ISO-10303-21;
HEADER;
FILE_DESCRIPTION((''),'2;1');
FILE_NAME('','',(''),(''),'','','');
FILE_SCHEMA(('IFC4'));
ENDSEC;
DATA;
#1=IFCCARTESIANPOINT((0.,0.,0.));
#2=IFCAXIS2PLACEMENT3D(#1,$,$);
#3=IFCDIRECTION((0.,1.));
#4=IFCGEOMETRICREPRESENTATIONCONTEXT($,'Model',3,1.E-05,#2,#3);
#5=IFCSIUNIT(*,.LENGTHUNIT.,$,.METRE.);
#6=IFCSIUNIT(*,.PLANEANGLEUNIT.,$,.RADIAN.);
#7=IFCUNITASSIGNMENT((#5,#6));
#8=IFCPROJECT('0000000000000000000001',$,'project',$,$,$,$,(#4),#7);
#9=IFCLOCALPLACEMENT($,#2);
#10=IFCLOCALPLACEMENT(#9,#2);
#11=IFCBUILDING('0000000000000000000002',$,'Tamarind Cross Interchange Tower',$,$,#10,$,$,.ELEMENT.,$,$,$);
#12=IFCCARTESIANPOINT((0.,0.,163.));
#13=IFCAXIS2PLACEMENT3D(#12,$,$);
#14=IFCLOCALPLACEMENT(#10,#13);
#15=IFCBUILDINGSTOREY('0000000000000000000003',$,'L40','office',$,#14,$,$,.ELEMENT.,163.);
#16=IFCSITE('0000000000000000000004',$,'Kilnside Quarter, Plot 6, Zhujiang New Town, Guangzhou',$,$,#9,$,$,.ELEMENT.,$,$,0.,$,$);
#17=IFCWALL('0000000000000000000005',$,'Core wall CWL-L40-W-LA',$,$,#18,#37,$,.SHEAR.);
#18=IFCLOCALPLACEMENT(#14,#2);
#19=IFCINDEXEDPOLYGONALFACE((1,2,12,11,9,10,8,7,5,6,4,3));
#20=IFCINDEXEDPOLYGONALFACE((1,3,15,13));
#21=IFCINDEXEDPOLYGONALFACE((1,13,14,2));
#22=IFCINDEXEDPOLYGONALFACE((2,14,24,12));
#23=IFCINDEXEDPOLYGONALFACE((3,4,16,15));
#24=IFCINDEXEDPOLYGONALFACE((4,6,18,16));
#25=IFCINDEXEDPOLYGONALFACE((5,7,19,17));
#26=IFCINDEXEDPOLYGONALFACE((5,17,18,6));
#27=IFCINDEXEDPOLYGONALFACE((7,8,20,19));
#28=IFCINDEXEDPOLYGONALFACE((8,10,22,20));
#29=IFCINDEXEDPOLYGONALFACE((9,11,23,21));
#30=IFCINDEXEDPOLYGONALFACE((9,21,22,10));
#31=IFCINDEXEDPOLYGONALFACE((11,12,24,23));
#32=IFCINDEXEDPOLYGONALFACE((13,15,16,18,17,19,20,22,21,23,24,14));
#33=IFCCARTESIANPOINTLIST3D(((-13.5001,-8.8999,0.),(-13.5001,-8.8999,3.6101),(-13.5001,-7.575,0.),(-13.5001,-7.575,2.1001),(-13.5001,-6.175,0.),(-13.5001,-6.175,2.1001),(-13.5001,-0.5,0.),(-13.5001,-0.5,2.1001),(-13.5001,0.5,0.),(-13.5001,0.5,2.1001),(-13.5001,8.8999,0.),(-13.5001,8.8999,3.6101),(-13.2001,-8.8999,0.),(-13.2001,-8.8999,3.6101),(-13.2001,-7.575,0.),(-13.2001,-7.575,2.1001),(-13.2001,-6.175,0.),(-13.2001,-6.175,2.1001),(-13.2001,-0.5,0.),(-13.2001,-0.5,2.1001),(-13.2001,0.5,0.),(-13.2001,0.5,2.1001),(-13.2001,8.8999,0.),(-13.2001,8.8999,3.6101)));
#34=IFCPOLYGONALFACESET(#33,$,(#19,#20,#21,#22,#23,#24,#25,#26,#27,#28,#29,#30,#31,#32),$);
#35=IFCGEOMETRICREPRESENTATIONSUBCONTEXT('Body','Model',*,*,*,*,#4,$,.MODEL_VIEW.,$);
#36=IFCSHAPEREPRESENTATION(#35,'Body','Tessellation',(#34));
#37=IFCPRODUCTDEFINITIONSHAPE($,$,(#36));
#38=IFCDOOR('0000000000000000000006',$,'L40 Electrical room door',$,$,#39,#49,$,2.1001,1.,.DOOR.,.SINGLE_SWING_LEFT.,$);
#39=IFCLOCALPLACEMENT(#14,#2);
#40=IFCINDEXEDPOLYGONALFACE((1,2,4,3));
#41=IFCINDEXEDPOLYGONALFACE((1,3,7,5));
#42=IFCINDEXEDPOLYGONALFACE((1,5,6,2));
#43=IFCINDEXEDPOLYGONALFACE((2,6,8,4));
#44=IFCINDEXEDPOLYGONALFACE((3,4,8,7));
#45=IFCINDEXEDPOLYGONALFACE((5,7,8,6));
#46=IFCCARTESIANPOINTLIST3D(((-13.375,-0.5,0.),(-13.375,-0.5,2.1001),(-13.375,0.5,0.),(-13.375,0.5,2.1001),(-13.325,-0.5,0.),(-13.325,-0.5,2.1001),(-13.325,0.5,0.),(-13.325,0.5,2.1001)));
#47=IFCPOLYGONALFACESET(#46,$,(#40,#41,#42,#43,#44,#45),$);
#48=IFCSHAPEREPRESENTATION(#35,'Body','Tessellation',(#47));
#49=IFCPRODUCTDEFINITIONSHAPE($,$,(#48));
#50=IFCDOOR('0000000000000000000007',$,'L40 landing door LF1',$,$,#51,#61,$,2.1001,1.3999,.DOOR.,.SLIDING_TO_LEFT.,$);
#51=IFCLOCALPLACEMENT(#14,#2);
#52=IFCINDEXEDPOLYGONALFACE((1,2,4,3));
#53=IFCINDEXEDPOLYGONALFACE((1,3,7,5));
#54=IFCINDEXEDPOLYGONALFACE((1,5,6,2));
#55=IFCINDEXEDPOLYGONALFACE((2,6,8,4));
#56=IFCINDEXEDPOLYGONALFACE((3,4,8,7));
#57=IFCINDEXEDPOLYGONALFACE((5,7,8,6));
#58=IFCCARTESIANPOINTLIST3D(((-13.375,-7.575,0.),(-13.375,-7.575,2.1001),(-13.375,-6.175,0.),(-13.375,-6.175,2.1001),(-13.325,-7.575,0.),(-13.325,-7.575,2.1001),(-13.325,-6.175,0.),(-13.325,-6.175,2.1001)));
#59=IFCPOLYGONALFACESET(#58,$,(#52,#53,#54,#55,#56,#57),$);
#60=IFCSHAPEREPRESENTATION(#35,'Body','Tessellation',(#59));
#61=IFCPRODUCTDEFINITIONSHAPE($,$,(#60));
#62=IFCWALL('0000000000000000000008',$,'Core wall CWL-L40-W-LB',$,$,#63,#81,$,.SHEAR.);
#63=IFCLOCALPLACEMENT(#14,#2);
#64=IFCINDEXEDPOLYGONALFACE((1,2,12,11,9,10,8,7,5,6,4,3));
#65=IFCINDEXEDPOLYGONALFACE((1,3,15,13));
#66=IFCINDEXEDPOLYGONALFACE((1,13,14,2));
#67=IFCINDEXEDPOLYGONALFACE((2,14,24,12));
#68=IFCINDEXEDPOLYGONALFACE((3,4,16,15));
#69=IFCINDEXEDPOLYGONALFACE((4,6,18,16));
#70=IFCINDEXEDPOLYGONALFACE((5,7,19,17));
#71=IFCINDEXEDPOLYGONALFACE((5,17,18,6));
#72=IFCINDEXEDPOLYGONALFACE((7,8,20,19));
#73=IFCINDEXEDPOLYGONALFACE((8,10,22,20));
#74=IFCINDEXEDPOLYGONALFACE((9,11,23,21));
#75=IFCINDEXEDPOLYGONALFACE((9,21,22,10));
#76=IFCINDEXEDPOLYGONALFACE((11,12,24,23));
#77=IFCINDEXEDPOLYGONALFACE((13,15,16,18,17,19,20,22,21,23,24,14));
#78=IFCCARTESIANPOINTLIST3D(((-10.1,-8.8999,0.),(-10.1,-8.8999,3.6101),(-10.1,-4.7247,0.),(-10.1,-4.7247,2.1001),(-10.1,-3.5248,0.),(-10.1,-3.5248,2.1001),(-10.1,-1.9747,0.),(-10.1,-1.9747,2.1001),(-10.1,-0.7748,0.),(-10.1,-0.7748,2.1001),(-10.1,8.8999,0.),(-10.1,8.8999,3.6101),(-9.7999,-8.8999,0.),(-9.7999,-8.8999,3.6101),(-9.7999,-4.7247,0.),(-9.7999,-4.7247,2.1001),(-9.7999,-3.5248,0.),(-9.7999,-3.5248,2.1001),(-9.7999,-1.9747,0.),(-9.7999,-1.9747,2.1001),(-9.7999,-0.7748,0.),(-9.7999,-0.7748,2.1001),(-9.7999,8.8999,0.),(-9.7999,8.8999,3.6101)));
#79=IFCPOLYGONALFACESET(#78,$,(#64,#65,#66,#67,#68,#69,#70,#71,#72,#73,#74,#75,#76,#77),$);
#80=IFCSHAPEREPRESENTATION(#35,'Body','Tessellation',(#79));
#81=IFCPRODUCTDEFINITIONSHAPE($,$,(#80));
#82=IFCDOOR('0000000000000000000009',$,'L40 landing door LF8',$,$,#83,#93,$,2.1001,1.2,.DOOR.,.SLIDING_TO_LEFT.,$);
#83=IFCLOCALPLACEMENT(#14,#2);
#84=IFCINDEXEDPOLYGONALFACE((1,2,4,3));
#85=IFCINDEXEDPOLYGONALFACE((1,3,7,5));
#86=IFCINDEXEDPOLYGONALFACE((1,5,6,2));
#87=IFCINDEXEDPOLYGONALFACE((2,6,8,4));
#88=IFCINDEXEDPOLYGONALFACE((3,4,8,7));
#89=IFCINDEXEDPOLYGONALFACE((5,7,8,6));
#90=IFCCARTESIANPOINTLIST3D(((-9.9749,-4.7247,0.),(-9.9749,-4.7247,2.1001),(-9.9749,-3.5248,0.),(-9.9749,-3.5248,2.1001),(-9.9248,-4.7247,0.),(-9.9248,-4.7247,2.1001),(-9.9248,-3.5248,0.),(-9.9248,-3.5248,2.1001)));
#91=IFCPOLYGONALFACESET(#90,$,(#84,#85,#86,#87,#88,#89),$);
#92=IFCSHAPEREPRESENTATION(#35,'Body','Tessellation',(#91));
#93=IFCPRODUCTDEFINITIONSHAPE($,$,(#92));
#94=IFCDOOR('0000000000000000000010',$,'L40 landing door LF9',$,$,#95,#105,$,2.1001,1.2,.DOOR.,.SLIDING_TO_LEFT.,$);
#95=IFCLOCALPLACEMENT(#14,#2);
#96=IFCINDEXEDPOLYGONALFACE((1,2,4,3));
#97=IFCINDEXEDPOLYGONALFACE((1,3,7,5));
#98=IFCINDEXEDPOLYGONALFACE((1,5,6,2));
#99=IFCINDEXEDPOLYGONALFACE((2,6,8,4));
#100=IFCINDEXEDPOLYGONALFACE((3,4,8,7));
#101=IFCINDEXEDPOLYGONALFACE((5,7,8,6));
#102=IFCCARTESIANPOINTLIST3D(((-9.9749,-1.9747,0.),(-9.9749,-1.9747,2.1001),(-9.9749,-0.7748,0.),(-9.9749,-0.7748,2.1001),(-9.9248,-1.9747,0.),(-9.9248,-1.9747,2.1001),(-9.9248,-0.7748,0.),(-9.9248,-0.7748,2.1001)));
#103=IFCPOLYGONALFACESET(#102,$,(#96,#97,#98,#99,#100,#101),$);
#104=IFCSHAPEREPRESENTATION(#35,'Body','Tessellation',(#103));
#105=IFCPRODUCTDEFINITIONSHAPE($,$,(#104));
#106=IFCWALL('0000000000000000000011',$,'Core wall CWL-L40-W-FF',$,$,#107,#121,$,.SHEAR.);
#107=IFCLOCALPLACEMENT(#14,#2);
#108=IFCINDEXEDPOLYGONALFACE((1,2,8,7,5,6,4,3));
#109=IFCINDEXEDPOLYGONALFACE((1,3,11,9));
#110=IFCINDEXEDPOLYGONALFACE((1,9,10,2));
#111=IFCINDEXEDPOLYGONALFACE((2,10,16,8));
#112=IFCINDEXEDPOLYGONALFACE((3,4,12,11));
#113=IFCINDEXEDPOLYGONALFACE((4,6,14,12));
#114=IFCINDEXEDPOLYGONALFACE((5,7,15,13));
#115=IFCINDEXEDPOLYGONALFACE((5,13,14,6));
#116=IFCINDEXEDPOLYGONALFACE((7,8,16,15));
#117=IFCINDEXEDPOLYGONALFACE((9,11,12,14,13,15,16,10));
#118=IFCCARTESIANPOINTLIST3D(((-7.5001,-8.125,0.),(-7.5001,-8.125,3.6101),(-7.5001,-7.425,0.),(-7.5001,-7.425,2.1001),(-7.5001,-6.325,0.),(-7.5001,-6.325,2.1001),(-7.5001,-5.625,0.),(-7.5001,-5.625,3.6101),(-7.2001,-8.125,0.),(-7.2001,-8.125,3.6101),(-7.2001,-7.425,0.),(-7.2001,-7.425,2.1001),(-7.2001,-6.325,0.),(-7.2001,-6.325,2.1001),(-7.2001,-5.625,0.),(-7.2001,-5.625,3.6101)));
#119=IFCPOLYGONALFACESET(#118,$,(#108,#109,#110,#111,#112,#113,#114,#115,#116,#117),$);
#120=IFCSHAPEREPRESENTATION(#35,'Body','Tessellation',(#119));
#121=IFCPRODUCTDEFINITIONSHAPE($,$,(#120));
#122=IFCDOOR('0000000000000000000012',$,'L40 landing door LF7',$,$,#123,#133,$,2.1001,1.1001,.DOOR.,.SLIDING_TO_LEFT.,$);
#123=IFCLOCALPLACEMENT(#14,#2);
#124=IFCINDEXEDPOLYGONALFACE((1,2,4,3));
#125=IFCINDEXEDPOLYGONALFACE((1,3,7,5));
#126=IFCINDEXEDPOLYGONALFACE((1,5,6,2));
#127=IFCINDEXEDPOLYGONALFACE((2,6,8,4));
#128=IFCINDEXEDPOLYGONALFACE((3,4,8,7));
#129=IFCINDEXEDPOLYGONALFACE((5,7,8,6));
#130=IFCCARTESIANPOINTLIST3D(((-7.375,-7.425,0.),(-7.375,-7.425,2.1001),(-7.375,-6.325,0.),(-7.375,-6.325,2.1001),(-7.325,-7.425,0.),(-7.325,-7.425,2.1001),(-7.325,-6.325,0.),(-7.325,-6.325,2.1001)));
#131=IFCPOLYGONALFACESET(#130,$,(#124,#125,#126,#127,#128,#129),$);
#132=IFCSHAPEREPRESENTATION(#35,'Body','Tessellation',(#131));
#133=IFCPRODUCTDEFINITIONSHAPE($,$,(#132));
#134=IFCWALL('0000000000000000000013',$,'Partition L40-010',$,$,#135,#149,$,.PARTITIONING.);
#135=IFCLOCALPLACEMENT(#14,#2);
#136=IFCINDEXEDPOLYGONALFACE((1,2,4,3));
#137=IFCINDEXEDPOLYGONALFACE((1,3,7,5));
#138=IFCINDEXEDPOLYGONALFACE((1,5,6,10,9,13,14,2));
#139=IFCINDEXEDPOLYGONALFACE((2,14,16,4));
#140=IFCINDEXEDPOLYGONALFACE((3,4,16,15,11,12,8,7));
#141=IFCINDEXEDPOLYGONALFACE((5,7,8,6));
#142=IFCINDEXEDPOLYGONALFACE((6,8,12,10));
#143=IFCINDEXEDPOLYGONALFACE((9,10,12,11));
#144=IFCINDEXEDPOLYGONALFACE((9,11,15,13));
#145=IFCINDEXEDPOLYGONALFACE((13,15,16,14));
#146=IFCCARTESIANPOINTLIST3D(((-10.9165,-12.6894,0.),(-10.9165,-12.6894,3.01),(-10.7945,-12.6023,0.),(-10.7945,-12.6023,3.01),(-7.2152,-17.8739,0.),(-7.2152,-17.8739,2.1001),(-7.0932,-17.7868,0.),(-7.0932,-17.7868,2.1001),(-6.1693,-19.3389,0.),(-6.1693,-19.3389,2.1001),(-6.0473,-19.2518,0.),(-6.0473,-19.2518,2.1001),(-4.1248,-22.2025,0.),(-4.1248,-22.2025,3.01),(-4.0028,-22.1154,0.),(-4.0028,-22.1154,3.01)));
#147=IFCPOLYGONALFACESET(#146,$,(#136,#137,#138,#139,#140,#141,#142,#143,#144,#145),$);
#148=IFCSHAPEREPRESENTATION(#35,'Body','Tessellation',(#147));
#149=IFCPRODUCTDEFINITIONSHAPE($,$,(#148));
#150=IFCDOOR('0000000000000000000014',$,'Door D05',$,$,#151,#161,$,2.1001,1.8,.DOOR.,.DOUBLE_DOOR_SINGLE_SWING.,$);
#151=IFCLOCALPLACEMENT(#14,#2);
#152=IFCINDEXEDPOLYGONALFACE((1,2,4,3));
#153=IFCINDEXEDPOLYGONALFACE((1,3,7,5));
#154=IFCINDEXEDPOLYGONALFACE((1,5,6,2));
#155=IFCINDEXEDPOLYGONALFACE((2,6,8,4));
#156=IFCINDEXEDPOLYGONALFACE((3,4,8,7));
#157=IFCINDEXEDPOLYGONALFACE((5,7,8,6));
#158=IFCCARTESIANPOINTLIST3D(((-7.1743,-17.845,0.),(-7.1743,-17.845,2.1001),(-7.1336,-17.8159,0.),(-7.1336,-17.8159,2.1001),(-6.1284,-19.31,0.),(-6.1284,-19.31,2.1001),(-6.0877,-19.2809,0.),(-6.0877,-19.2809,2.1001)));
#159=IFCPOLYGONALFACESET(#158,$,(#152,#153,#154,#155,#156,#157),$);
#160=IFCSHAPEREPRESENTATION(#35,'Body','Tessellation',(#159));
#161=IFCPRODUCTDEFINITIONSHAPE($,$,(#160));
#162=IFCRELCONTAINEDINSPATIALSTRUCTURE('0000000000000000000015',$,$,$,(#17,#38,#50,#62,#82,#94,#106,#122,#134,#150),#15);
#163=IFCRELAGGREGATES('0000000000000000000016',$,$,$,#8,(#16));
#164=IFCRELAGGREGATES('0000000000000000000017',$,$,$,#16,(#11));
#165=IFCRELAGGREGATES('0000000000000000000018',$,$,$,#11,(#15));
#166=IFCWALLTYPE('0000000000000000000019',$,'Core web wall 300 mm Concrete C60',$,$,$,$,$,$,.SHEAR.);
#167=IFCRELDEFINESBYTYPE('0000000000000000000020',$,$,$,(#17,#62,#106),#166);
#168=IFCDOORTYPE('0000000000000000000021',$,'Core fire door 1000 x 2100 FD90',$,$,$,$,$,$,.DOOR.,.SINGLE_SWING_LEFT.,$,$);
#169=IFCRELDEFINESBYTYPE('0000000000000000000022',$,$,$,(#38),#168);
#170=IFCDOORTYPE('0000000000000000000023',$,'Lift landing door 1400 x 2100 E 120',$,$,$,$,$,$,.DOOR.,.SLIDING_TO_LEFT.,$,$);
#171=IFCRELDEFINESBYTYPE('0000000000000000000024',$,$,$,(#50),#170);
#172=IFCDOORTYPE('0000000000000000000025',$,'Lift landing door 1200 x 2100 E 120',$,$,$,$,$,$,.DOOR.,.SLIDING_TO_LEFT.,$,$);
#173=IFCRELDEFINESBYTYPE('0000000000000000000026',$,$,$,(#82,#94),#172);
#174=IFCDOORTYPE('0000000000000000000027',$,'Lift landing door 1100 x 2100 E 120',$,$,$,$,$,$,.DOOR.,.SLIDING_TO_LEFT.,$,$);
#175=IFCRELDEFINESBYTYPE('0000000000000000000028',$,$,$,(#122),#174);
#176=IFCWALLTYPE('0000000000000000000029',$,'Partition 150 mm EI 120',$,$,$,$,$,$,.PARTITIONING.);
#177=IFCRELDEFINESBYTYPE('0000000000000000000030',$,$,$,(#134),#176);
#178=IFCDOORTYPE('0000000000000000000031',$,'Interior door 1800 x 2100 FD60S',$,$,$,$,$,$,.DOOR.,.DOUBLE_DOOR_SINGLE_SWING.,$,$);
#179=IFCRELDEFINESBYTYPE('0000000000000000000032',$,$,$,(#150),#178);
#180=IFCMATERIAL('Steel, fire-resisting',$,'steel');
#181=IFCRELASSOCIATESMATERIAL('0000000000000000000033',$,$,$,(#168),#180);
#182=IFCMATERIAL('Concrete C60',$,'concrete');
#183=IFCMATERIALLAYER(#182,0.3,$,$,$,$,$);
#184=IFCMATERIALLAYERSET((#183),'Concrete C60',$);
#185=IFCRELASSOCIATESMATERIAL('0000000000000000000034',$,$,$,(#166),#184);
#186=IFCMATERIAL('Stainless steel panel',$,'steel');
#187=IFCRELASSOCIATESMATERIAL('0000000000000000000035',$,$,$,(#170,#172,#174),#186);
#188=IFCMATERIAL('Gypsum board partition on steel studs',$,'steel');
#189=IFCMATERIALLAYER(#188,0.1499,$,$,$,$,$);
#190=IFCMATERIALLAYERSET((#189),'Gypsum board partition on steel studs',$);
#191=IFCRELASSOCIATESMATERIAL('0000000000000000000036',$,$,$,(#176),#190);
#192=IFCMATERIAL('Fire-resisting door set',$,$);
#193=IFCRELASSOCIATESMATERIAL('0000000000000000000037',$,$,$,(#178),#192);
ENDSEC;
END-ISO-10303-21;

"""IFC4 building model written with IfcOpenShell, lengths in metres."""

from ifc_helpers import new_model, si_unit, direction, frame, frame_2d, origin, place, context, subcontext, project, spatial, rectangle, extrude, material, layer, layer_set, type_object, element, fill, save


model = new_model("IFC4")

# Units and contexts
model_context = context("Model", 3, precision=1e-05, world=origin(), true_north=direction((0.0, 1.0)))
body_context = subcontext(model_context, "Body", "Model", "MODEL_VIEW")
ifc_project = project(units=[si_unit("LENGTHUNIT", "METRE"), si_unit("PLANEANGLEUNIT", "RADIAN")], contexts=[model_context])

# Site, building, storey
site_placement = place(None, origin())
site = spatial("IfcSite", under=ifc_project, at=site_placement, Name="Kilnside Quarter, Plot 6, Zhujiang New Town, Guangzhou", CompositionType="ELEMENT", RefElevation=0.0)
building_placement = place(site_placement, origin())
building = spatial("IfcBuilding", under=site, at=building_placement, Name="Tamarind Cross Interchange Tower", CompositionType="ELEMENT")
storey_placement = place(building_placement, frame((0.0, 0.0, 163.0)))
storey = spatial("IfcBuildingStorey", under=building, at=storey_placement, Name="L40", Description="office", CompositionType="ELEMENT", Elevation=163.0)

# Shared definitions
ifc_material_1 = material(Name="Concrete C60", Category="concrete")
ifc_material_2 = material(Name="Steel, fire-resisting", Category="steel")
door_type_1 = type_object("IfcDoorType", Name="Core fire door 1000 x 2100 FD90", OperationType="SINGLE_SWING_LEFT", PredefinedType="DOOR", material=ifc_material_2)

# Shared definitions
ifc_layer_1 = layer(ifc_material_1, 0.3)
ifc_layer_set_1 = layer_set([ifc_layer_1], Name="Concrete C60")
wall_type_1 = type_object("IfcWallType", Name="Core web wall 300 mm Concrete C60", PredefinedType="SHEAR", material=ifc_layer_set_1)

# Walls, openings, doors
wall_1_placement = place(storey_placement, frame((-13.3501, -8.8999, 0.0), z_axis=(0.0, 0.0, 1.0), x_axis=(0.0, 1.0, 0.0)))
wall_1 = element("IfcWall", 1, at=wall_1_placement, inside=storey, type_object=wall_type_1, Name="Core wall CWL-L40-W-LA", PredefinedType="SHEAR", context=body_context, shape_type="SweptSolid", body=[
    extrude(rectangle(XDim=17.7998, YDim=0.3, at=frame_2d((8.8999, 0.0))), origin(), (0.0, 0.0, 1.0), 3.6101),
])
opening_1_placement = place(wall_1_placement, frame((1.325, 0.0, 0.0)))
opening_1 = element("IfcOpeningElement", 2, at=opening_1_placement, cuts=wall_1, PredefinedType="OPENING", context=body_context, shape_type="SweptSolid", body=[
    extrude(rectangle(XDim=1.3999, YDim=2.1001, at=frame_2d((0.7, 1.05))), frame((0.0, 0.1599, 0.0), z_axis=(0.0, -1.0, 0.0), x_axis=(1.0, 0.0, 0.0)), (0.0, 0.0, 1.0), 0.3201),
])
opening_2_placement = place(wall_1_placement, frame((8.3999, 0.0, 0.0)))
opening_2 = element("IfcOpeningElement", 3, at=opening_2_placement, cuts=wall_1, PredefinedType="OPENING", context=body_context, shape_type="SweptSolid", body=[
    extrude(rectangle(XDim=1.0, YDim=2.1001, at=frame_2d((0.5, 1.05))), frame((0.0, 0.1599, 0.0), z_axis=(0.0, -1.0, 0.0), x_axis=(1.0, 0.0, 0.0)), (0.0, 0.0, 1.0), 0.3201),
])
door_1_placement = place(opening_2_placement, origin())
door_1 = element("IfcDoor", 4, at=door_1_placement, inside=storey, type_object=door_type_1, Name="L40 Electrical room door", OperationType="SINGLE_SWING_LEFT", OverallHeight=2.1001, OverallWidth=1.0, PredefinedType="DOOR", context=body_context, shape_type="SweptSolid", body=[
    extrude(rectangle(XDim=1.0, YDim=2.1001, at=frame_2d((0.5, 1.05))), frame((0.0, 0.0249, 0.0), z_axis=(0.0, -1.0, 0.0), x_axis=(1.0, 0.0, 0.0)), (0.0, 0.0, 1.0), 0.05),
])
fill(opening_2, door_1)
ifc_material_3 = material(Name="Stainless steel panel", Category="steel")
door_type_2 = type_object("IfcDoorType", Name="Lift landing door 1400 x 2100 E 120", OperationType="SLIDING_TO_LEFT", PredefinedType="DOOR", material=ifc_material_3)
door_2_placement = place(opening_1_placement, origin())
door_2 = element("IfcDoor", 5, at=door_2_placement, inside=storey, type_object=door_type_2, Name="L40 landing door LF1", OperationType="SLIDING_TO_LEFT", OverallHeight=2.1001, OverallWidth=1.3999, PredefinedType="DOOR", context=body_context, shape_type="SweptSolid", body=[
    extrude(rectangle(XDim=1.3999, YDim=2.1001, at=frame_2d((0.7, 1.05))), frame((0.0, 0.0249, 0.0), z_axis=(0.0, -1.0, 0.0), x_axis=(1.0, 0.0, 0.0)), (0.0, 0.0, 1.0), 0.05),
])
fill(opening_1, door_2)
wall_2_placement = place(storey_placement, frame((-9.95, -8.8999, 0.0), z_axis=(0.0, 0.0, 1.0), x_axis=(0.0, 1.0, 0.0)))
wall_2 = element("IfcWall", 6, at=wall_2_placement, inside=storey, type_object=wall_type_1, Name="Core wall CWL-L40-W-LB", PredefinedType="SHEAR", context=body_context, shape_type="SweptSolid", body=[
    extrude(rectangle(XDim=17.7998, YDim=0.3, at=frame_2d((8.8999, 0.0))), origin(), (0.0, 0.0, 1.0), 3.6101),
])
opening_3_placement = place(wall_2_placement, frame((4.175, 0.0, 0.0)))
opening_3 = element("IfcOpeningElement", 7, at=opening_3_placement, cuts=wall_2, PredefinedType="OPENING", context=body_context, shape_type="SweptSolid", body=[
    extrude(rectangle(XDim=1.2, YDim=2.1001, at=frame_2d((0.6001, 1.05))), frame((0.0, 0.1599, 0.0), z_axis=(0.0, -1.0, 0.0), x_axis=(1.0, 0.0, 0.0)), (0.0, 0.0, 1.0), 0.3201),
])
opening_4_placement = place(wall_2_placement, frame((6.925, 0.0, 0.0)))
opening_4 = element("IfcOpeningElement", 8, at=opening_4_placement, cuts=wall_2, PredefinedType="OPENING", context=body_context, shape_type="SweptSolid", body=[
    extrude(rectangle(XDim=1.2, YDim=2.1001, at=frame_2d((0.6001, 1.05))), frame((0.0, 0.1599, 0.0), z_axis=(0.0, -1.0, 0.0), x_axis=(1.0, 0.0, 0.0)), (0.0, 0.0, 1.0), 0.3201),
])
door_type_3 = type_object("IfcDoorType", Name="Lift landing door 1200 x 2100 E 120", OperationType="SLIDING_TO_LEFT", PredefinedType="DOOR", material=ifc_material_3)
door_3_placement = place(opening_3_placement, origin())
door_3 = element("IfcDoor", 9, at=door_3_placement, inside=storey, type_object=door_type_3, Name="L40 landing door LF8", OperationType="SLIDING_TO_LEFT", OverallHeight=2.1001, OverallWidth=1.2, PredefinedType="DOOR", context=body_context, shape_type="SweptSolid", body=[
    extrude(rectangle(XDim=1.2, YDim=2.1001, at=frame_2d((0.6001, 1.05))), frame((0.0, 0.0249, 0.0), z_axis=(0.0, -1.0, 0.0), x_axis=(1.0, 0.0, 0.0)), (0.0, 0.0, 1.0), 0.05),
])
fill(opening_3, door_3)
door_4_placement = place(opening_4_placement, origin())
door_4 = element("IfcDoor", 10, at=door_4_placement, inside=storey, type_object=door_type_3, Name="L40 landing door LF9", OperationType="SLIDING_TO_LEFT", OverallHeight=2.1001, OverallWidth=1.2, PredefinedType="DOOR", context=body_context, shape_type="SweptSolid", body=[
    extrude(rectangle(XDim=1.2, YDim=2.1001, at=frame_2d((0.6001, 1.05))), frame((0.0, 0.0249, 0.0), z_axis=(0.0, -1.0, 0.0), x_axis=(1.0, 0.0, 0.0)), (0.0, 0.0, 1.0), 0.05),
])
fill(opening_4, door_4)

# Walls, openings, doors
wall_3_placement = place(storey_placement, frame((-7.3501, -8.125, 0.0), z_axis=(0.0, 0.0, 1.0), x_axis=(0.0, 1.0, 0.0)))
wall_3 = element("IfcWall", 11, at=wall_3_placement, inside=storey, type_object=wall_type_1, Name="Core wall CWL-L40-W-FF", PredefinedType="SHEAR", context=body_context, shape_type="SweptSolid", body=[
    extrude(rectangle(XDim=2.5, YDim=0.3, at=frame_2d((1.25, 0.0))), origin(), (0.0, 0.0, 1.0), 3.6101),
])
opening_5_placement = place(wall_3_placement, frame((0.7, 0.0, 0.0)))
opening_5 = element("IfcOpeningElement", 12, at=opening_5_placement, cuts=wall_3, PredefinedType="OPENING", context=body_context, shape_type="SweptSolid", body=[
    extrude(rectangle(XDim=1.1001, YDim=2.1001, at=frame_2d((0.55, 1.05))), frame((0.0, 0.1599, 0.0), z_axis=(0.0, -1.0, 0.0), x_axis=(1.0, 0.0, 0.0)), (0.0, 0.0, 1.0), 0.3201),
])
door_type_4 = type_object("IfcDoorType", Name="Lift landing door 1100 x 2100 E 120", OperationType="SLIDING_TO_LEFT", PredefinedType="DOOR", material=ifc_material_3)
door_5_placement = place(opening_5_placement, origin())
door_5 = element("IfcDoor", 13, at=door_5_placement, inside=storey, type_object=door_type_4, Name="L40 landing door LF7", OperationType="SLIDING_TO_LEFT", OverallHeight=2.1001, OverallWidth=1.1001, PredefinedType="DOOR", context=body_context, shape_type="SweptSolid", body=[
    extrude(rectangle(XDim=1.1001, YDim=2.1001, at=frame_2d((0.55, 1.05))), frame((0.0, 0.0249, 0.0), z_axis=(0.0, -1.0, 0.0), x_axis=(1.0, 0.0, 0.0)), (0.0, 0.0, 1.0), 0.05),
])
fill(opening_5, door_5)
ifc_material_4 = material(Name="Gypsum board partition on steel studs", Category="steel")
ifc_layer_2 = layer(ifc_material_4, 0.1499)
ifc_layer_set_2 = layer_set([ifc_layer_2], Name="Gypsum board partition on steel studs")
wall_type_2 = type_object("IfcWallType", Name="Partition 150 mm EI 120", PredefinedType="PARTITIONING", material=ifc_layer_set_2)
wall_4_placement = place(storey_placement, frame((-10.8555, -12.646, 0.0), z_axis=(0.0, 0.0, 1.0), x_axis=(0.581047, -0.81387, 0.0)))
wall_4 = element("IfcWall", 14, at=wall_4_placement, inside=storey, type_object=wall_type_2, Name="Partition L40-010", PredefinedType="PARTITIONING", context=body_context, shape_type="SweptSolid", body=[
    extrude(rectangle(XDim=11.6887, YDim=0.1499, at=frame_2d((5.8442, 0.0))), origin(), (0.0, 0.0, 1.0), 3.01),
])
opening_6_placement = place(wall_4_placement, frame((6.3701, 0.0, 0.0)))
opening_6 = element("IfcOpeningElement", 15, at=opening_6_placement, cuts=wall_4, PredefinedType="OPENING", context=body_context, shape_type="SweptSolid", body=[
    extrude(rectangle(XDim=1.8, YDim=2.1001, at=frame_2d((0.8999, 1.05))), frame((0.0, 0.085, 0.0), z_axis=(0.0, -1.0, 0.0), x_axis=(1.0, 0.0, 0.0)), (0.0, 0.0, 1.0), 0.1699),
])
ifc_material_5 = material(Name="Fire-resisting door set")
door_type_5 = type_object("IfcDoorType", Name="Interior door 1800 x 2100 FD60S", OperationType="DOUBLE_DOOR_SINGLE_SWING", PredefinedType="DOOR", material=ifc_material_5)
door_6_placement = place(opening_6_placement, frame((1.8, 0.0, 0.0), z_axis=(0.0, 0.0, 1.0), x_axis=(-1.0, 0.0, 0.0)))
door_6 = element("IfcDoor", 16, at=door_6_placement, inside=storey, type_object=door_type_5, Name="Door D05", OperationType="DOUBLE_DOOR_SINGLE_SWING", OverallHeight=2.1001, OverallWidth=1.8, PredefinedType="DOOR", context=body_context, shape_type="SweptSolid", body=[
    extrude(rectangle(XDim=1.8, YDim=2.1001, at=frame_2d((0.8999, 1.05))), frame((0.0, 0.0249, 0.0), z_axis=(0.0, -1.0, 0.0), x_axis=(1.0, 0.0, 0.0)), (0.0, 0.0, 1.0), 0.05),
])
fill(opening_6, door_6)

save(model, "model.ifc")
